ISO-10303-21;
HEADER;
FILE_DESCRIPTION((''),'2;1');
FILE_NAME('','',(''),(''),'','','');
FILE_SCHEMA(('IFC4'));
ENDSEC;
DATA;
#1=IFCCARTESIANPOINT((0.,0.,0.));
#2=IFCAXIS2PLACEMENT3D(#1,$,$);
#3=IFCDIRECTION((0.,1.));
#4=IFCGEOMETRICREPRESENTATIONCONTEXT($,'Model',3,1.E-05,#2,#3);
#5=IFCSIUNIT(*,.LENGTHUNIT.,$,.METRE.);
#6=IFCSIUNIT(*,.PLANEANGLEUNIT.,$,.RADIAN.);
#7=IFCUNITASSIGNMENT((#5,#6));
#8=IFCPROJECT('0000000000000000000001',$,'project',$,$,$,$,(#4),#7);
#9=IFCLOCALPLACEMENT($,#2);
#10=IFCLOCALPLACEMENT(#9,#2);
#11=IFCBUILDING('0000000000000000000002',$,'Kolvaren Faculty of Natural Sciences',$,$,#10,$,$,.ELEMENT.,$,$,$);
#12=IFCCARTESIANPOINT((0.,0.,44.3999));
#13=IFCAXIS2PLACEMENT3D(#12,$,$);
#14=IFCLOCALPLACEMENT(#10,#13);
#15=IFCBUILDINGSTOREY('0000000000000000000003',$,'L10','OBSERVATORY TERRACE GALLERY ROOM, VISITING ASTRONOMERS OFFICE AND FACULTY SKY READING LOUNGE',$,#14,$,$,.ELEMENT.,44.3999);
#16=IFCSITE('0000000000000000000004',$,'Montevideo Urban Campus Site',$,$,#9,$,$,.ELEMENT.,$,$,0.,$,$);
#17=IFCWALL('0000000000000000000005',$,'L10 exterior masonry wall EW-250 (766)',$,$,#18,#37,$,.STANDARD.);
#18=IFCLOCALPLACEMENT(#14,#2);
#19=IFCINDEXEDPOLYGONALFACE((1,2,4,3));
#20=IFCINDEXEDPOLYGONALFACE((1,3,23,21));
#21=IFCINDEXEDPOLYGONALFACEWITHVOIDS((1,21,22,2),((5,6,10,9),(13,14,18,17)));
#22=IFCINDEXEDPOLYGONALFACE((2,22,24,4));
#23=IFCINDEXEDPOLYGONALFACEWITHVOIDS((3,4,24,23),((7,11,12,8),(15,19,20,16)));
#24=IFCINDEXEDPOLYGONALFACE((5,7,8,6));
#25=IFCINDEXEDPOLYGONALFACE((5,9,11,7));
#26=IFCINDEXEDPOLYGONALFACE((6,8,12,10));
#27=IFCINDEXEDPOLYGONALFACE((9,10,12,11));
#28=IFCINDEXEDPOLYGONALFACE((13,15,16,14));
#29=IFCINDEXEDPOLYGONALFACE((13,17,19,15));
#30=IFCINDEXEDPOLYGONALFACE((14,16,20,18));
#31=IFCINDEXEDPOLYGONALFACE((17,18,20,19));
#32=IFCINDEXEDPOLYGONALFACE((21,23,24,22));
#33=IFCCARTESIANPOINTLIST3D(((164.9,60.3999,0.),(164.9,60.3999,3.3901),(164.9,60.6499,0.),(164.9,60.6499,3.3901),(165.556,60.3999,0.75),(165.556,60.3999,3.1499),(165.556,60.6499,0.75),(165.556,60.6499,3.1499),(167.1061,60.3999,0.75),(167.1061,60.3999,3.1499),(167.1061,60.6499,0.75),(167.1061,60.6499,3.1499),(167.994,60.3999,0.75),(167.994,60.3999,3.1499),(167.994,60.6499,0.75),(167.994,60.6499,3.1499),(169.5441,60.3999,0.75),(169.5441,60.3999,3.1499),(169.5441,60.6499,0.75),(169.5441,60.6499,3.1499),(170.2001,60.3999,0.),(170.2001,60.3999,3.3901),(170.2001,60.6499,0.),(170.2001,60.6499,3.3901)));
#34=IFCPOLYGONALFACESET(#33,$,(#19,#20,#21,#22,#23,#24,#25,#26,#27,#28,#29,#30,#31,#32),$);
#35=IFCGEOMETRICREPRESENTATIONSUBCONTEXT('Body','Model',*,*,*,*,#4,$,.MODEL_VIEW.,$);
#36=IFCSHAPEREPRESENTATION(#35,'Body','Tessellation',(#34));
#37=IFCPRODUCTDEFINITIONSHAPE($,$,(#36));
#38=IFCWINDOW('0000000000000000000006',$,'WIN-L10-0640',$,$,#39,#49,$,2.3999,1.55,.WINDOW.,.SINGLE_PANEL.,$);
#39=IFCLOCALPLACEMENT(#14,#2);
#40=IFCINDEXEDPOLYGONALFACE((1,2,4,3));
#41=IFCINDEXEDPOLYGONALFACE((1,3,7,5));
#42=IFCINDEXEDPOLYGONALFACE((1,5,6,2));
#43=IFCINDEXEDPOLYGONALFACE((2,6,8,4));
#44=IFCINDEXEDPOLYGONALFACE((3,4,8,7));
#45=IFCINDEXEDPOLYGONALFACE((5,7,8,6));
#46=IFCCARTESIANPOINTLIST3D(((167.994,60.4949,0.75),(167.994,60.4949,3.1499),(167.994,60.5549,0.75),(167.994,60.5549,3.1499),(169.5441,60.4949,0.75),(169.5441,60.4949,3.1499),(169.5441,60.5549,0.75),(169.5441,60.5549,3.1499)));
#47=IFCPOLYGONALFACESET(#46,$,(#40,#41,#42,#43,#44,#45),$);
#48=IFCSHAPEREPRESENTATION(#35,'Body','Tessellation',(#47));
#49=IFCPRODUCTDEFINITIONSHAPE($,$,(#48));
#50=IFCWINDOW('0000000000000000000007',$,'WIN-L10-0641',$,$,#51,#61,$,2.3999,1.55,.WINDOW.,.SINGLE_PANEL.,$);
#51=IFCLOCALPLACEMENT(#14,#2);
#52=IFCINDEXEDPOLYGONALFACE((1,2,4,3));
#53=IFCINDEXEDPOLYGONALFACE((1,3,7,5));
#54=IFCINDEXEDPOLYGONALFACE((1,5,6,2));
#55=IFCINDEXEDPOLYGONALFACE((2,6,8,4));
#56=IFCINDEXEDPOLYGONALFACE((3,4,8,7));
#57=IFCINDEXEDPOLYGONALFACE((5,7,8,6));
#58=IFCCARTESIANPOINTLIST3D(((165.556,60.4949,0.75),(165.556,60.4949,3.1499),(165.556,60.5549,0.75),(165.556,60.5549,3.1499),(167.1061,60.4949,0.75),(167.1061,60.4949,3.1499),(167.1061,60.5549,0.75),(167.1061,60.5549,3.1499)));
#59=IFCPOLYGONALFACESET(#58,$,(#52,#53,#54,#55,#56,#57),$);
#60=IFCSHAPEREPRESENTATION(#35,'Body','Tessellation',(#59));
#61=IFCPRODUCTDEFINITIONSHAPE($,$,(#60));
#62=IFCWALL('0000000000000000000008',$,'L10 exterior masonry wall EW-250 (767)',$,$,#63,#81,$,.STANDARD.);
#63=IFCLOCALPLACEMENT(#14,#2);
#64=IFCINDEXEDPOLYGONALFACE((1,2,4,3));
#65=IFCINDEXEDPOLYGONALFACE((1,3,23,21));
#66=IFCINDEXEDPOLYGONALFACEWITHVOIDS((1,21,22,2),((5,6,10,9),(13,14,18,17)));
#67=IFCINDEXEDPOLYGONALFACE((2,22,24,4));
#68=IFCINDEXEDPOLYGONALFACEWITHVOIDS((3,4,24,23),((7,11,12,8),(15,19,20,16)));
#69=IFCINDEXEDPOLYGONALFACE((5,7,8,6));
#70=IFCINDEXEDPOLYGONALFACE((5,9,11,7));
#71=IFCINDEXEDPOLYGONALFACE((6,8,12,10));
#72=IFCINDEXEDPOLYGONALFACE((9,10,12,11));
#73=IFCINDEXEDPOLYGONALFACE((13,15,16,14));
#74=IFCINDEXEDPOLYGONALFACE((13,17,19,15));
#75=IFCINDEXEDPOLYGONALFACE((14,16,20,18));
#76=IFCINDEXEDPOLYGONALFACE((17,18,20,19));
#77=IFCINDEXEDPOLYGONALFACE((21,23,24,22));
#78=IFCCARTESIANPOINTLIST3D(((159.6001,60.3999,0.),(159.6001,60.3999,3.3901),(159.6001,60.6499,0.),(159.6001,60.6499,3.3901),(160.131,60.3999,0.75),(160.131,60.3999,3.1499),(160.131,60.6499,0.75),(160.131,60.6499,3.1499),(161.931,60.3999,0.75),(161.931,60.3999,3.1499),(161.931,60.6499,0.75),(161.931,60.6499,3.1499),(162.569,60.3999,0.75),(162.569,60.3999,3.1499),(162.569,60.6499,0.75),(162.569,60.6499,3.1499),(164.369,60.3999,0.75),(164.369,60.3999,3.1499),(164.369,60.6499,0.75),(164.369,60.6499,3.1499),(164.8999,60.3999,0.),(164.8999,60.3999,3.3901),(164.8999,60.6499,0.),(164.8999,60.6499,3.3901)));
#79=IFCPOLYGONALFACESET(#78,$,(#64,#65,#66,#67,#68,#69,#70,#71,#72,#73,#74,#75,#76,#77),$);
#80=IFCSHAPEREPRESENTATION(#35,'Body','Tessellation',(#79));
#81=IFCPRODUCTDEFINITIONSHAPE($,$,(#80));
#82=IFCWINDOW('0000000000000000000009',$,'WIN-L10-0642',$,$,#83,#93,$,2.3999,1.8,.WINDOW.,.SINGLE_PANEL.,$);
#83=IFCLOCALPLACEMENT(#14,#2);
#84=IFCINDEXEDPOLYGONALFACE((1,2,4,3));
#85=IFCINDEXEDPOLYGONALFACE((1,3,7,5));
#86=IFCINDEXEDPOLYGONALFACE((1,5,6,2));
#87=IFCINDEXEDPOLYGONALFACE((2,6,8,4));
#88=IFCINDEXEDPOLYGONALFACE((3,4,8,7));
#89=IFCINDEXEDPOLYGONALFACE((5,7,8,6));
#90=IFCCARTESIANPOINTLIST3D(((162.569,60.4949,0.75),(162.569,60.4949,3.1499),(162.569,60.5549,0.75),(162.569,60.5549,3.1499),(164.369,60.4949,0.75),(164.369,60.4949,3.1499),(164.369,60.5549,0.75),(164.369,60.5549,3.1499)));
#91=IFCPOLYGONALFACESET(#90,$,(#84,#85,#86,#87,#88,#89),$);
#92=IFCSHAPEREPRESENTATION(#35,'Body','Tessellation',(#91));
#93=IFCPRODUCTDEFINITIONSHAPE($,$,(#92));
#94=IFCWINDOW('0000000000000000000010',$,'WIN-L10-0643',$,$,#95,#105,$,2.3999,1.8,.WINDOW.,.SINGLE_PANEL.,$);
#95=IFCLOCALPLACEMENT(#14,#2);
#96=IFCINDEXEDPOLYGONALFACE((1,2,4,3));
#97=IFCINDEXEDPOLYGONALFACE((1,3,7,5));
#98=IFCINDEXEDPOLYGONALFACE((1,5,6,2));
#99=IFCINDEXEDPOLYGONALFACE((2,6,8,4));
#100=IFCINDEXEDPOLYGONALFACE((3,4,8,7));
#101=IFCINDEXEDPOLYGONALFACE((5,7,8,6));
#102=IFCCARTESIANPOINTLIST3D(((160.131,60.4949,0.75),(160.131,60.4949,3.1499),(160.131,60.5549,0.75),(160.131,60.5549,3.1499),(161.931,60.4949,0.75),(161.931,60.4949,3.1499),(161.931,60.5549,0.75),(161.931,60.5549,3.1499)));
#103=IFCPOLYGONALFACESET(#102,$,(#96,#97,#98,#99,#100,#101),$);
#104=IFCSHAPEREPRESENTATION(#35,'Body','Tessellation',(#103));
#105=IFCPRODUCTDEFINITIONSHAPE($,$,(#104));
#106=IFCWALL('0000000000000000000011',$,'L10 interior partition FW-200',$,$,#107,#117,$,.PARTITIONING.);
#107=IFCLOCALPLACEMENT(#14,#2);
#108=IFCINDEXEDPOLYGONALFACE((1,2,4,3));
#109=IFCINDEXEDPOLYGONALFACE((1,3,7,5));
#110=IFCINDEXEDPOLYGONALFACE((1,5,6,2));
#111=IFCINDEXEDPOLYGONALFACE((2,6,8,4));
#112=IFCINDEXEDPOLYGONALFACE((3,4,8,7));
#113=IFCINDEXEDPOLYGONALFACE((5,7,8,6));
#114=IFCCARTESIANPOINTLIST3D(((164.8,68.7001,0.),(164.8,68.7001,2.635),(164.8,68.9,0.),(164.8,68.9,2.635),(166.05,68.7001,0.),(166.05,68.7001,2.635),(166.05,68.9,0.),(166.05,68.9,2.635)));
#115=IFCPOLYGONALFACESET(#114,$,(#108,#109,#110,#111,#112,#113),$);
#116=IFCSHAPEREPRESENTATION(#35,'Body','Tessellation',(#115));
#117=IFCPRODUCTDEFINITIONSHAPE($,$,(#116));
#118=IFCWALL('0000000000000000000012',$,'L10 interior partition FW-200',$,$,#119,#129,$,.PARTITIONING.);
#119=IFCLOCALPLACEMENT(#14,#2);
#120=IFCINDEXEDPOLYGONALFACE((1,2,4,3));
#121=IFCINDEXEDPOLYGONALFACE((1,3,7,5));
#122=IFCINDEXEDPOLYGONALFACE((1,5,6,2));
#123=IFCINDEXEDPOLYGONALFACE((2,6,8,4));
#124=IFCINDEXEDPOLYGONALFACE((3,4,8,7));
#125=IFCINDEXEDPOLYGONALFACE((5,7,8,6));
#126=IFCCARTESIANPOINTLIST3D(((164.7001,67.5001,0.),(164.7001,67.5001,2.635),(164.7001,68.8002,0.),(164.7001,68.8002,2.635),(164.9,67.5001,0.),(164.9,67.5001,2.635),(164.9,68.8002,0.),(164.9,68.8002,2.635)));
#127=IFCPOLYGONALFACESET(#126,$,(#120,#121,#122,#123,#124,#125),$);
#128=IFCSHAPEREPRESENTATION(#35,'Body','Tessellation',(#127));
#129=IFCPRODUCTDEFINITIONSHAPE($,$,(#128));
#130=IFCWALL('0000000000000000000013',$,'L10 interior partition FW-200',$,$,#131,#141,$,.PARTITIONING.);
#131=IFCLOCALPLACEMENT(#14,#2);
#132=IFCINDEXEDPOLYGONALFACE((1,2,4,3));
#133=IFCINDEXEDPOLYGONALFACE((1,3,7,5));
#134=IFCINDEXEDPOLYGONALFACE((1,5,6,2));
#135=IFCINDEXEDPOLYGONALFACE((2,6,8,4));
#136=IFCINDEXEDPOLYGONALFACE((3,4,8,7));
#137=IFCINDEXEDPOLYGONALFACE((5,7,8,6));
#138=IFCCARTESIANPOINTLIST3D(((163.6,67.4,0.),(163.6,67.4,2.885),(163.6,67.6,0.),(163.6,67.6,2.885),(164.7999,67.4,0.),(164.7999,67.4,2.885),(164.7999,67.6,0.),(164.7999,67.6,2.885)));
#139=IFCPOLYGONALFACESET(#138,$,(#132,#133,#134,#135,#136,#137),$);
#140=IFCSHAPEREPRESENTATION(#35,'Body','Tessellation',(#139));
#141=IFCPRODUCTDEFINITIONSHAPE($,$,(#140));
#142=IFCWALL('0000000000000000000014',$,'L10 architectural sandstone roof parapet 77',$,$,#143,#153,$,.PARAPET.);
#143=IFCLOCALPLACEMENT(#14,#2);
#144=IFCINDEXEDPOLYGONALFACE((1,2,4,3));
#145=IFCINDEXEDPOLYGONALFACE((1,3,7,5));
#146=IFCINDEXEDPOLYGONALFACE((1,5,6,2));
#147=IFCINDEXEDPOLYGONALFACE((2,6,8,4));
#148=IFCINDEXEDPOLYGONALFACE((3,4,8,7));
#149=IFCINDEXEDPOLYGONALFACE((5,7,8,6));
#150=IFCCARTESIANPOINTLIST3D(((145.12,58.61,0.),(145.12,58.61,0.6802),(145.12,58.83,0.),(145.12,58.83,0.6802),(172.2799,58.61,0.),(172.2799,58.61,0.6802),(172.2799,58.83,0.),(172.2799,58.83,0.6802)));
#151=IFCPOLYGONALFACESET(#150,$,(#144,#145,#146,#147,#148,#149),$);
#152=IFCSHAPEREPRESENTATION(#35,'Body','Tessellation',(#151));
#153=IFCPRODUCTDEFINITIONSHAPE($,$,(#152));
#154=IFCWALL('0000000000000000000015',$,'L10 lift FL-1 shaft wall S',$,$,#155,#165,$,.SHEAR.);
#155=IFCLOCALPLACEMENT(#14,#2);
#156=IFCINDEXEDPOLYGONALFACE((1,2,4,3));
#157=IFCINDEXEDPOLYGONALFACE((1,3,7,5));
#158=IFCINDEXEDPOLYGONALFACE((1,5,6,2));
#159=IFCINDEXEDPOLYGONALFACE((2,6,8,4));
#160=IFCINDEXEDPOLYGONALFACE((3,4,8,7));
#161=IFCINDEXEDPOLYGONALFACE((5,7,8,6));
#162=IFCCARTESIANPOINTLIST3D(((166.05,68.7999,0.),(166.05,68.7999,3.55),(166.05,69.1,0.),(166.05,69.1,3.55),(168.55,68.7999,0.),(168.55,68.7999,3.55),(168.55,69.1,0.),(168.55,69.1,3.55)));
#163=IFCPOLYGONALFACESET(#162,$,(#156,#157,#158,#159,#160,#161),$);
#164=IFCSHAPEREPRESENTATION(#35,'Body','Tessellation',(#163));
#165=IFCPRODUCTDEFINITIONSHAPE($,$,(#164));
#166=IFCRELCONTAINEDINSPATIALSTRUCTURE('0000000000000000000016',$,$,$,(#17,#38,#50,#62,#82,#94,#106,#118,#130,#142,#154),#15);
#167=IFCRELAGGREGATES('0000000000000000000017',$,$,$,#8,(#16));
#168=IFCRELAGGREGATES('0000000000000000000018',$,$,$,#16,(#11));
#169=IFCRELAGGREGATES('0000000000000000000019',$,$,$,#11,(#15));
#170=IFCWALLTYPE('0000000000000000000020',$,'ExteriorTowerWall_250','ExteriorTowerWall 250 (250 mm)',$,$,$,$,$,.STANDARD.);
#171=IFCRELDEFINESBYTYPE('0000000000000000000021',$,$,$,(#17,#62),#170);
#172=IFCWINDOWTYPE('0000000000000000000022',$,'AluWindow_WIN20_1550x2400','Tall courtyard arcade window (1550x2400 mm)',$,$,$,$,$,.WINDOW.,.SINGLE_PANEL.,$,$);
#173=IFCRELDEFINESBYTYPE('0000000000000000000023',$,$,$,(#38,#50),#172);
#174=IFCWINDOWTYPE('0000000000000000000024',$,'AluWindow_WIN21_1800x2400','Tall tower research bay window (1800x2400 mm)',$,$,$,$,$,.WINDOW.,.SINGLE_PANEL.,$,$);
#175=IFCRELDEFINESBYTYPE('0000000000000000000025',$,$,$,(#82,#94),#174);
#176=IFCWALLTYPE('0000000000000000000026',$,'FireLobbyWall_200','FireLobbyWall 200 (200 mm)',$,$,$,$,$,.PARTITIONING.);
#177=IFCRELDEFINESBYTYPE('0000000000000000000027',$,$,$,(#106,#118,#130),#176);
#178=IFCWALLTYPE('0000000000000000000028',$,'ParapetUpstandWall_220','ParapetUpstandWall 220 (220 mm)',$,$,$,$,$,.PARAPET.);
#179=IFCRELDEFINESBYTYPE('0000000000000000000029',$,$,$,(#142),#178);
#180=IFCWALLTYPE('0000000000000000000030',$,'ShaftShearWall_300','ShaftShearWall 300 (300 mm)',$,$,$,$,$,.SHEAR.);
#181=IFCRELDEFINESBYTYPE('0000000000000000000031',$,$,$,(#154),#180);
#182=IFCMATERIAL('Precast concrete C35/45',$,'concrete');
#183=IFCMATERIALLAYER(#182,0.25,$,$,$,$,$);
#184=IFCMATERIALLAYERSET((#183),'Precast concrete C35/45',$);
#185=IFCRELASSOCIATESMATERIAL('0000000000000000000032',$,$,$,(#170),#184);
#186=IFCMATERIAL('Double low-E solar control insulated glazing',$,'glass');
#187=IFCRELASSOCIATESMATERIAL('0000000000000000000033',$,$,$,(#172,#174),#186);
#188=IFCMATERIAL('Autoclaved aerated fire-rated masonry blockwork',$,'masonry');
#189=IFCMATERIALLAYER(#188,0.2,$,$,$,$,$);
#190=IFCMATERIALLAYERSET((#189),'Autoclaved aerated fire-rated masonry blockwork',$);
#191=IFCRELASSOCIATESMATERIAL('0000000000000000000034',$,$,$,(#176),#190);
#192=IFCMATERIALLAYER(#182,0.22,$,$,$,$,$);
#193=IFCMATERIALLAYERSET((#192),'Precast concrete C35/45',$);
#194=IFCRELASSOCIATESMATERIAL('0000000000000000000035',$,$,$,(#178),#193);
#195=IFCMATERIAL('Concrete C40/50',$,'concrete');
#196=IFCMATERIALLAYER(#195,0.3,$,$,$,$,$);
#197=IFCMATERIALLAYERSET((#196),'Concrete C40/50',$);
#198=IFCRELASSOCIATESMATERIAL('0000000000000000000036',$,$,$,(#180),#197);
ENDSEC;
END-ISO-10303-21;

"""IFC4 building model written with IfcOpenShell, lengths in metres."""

from ifc_helpers import new_model, si_unit, direction, frame, frame_2d, origin, place, context, subcontext, project, spatial, rectangle, extrude, material, layer, layer_set, type_object, element, fill, save


model = new_model("IFC4")

# Units and contexts
model_context = context("Model", 3, precision=1e-05, world=origin(), true_north=direction((0.0, 1.0)))
body_context = subcontext(model_context, "Body", "Model", "MODEL_VIEW")
ifc_project = project(units=[si_unit("LENGTHUNIT", "METRE"), si_unit("PLANEANGLEUNIT", "RADIAN")], contexts=[model_context])

# Site, building, storey
site_placement = place(None, origin())
site = spatial("IfcSite", under=ifc_project, at=site_placement, Name="Montevideo Urban Campus Site", CompositionType="ELEMENT", RefElevation=0.0)
building_placement = place(site_placement, origin())
building = spatial("IfcBuilding", under=site, at=building_placement, Name="Kolvaren Faculty of Natural Sciences", CompositionType="ELEMENT")
storey_placement = place(building_placement, frame((0.0, 0.0, 44.3999)))
storey = spatial("IfcBuildingStorey", under=building, at=storey_placement, Name="L10", Description="OBSERVATORY TERRACE GALLERY ROOM, VISITING ASTRONOMERS OFFICE AND FACULTY SKY READING LOUNGE", CompositionType="ELEMENT", Elevation=44.3999)

# Shared definitions
ifc_material_1 = material(Name="Concrete C40/50", Category="concrete")

# Shared definitions
ifc_material_2 = material(Name="Precast concrete C35/45", Category="concrete")

# Shared definitions
ifc_layer_1 = layer(ifc_material_2, 0.25)
ifc_layer_set_1 = layer_set([ifc_layer_1], Name="Precast concrete C35/45")
wall_type_1 = type_object("IfcWallType", Name="ExteriorTowerWall_250", Description="ExteriorTowerWall 250 (250 mm)", PredefinedType="STANDARD", material=ifc_layer_set_1)
ifc_material_3 = material(Name="Double low-E solar control insulated glazing", Category="glass")

# Walls, openings, windows
wall_1_placement = place(storey_placement, frame((170.2, 60.5249, 0.0), z_axis=(0.0, 0.0, 1.0), x_axis=(-1.0, 0.0, 0.0)))
wall_1 = element("IfcWall", 1, at=wall_1_placement, inside=storey, type_object=wall_type_1, Name="L10 exterior masonry wall EW-250 (766)", PredefinedType="STANDARD", context=body_context, shape_type="SweptSolid", body=[
    extrude(rectangle(XDim=5.3, YDim=0.25, at=frame_2d((2.6499, 0.0))), origin(), (0.0, 0.0, 1.0), 3.3901),
])
opening_1_placement = place(wall_1_placement, frame((0.656, 0.0, 0.75)))
opening_1 = element("IfcOpeningElement", 2, at=opening_1_placement, cuts=wall_1, PredefinedType="OPENING", context=body_context, shape_type="SweptSolid", body=[
    extrude(rectangle(XDim=1.55, YDim=2.3999, at=frame_2d((0.7749, 1.2))), frame((0.0, 0.135, 0.0), z_axis=(0.0, -1.0, 0.0), x_axis=(1.0, 0.0, 0.0)), (0.0, 0.0, 1.0), 0.27),
])
opening_2_placement = place(wall_1_placement, frame((3.094, 0.0, 0.75)))
opening_2 = element("IfcOpeningElement", 3, at=opening_2_placement, cuts=wall_1, PredefinedType="OPENING", context=body_context, shape_type="SweptSolid", body=[
    extrude(rectangle(XDim=1.55, YDim=2.3999, at=frame_2d((0.7749, 1.2))), frame((0.0, 0.135, 0.0), z_axis=(0.0, -1.0, 0.0), x_axis=(1.0, 0.0, 0.0)), (0.0, 0.0, 1.0), 0.27),
])
window_type_1 = type_object("IfcWindowType", Name="AluWindow_WIN20_1550x2400", Description="Tall courtyard arcade window (1550x2400 mm)", PartitioningType="SINGLE_PANEL", PredefinedType="WINDOW", material=ifc_material_3)
window_1_placement = place(opening_1_placement, origin())
window_1 = element("IfcWindow", 4, at=window_1_placement, inside=storey, type_object=window_type_1, Name="WIN-L10-0640", OverallHeight=2.3999, OverallWidth=1.55, PartitioningType="SINGLE_PANEL", PredefinedType="WINDOW", context=body_context, shape_type="SweptSolid", body=[
    extrude(rectangle(XDim=1.55, YDim=2.3999, at=frame_2d((0.7749, 1.2))), frame((0.0, 0.03, 0.0), z_axis=(0.0, -1.0, 0.0), x_axis=(1.0, 0.0, 0.0)), (0.0, 0.0, 1.0), 0.0601),
])
fill(opening_1, window_1)
window_2_placement = place(opening_2_placement, origin())
window_2 = element("IfcWindow", 5, at=window_2_placement, inside=storey, type_object=window_type_1, Name="WIN-L10-0641", OverallHeight=2.3999, OverallWidth=1.55, PartitioningType="SINGLE_PANEL", PredefinedType="WINDOW", context=body_context, shape_type="SweptSolid", body=[
    extrude(rectangle(XDim=1.55, YDim=2.3999, at=frame_2d((0.7749, 1.2))), frame((0.0, 0.03, 0.0), z_axis=(0.0, -1.0, 0.0), x_axis=(1.0, 0.0, 0.0)), (0.0, 0.0, 1.0), 0.0601),
])
fill(opening_2, window_2)
wall_2_placement = place(storey_placement, frame((164.8999, 60.5249, 0.0), z_axis=(0.0, 0.0, 1.0), x_axis=(-1.0, 0.0, 0.0)))
wall_2 = element("IfcWall", 6, at=wall_2_placement, inside=storey, type_object=wall_type_1, Name="L10 exterior masonry wall EW-250 (767)", PredefinedType="STANDARD", context=body_context, shape_type="SweptSolid", body=[
    extrude(rectangle(XDim=5.2998, YDim=0.25, at=frame_2d((2.6499, 0.0))), origin(), (0.0, 0.0, 1.0), 3.3901),
])
opening_3_placement = place(wall_2_placement, frame((0.531, 0.0, 0.75)))
opening_3 = element("IfcOpeningElement", 7, at=opening_3_placement, cuts=wall_2, PredefinedType="OPENING", context=body_context, shape_type="SweptSolid", body=[
    extrude(rectangle(XDim=1.8, YDim=2.3999, at=frame_2d((0.8999, 1.2))), frame((0.0, 0.135, 0.0), z_axis=(0.0, -1.0, 0.0), x_axis=(1.0, 0.0, 0.0)), (0.0, 0.0, 1.0), 0.27),
])
opening_4_placement = place(wall_2_placement, frame((2.969, 0.0, 0.75)))
opening_4 = element("IfcOpeningElement", 8, at=opening_4_placement, cuts=wall_2, PredefinedType="OPENING", context=body_context, shape_type="SweptSolid", body=[
    extrude(rectangle(XDim=1.8, YDim=2.3999, at=frame_2d((0.8999, 1.2))), frame((0.0, 0.135, 0.0), z_axis=(0.0, -1.0, 0.0), x_axis=(1.0, 0.0, 0.0)), (0.0, 0.0, 1.0), 0.27),
])
window_type_2 = type_object("IfcWindowType", Name="AluWindow_WIN21_1800x2400", Description="Tall tower research bay window (1800x2400 mm)", PartitioningType="SINGLE_PANEL", PredefinedType="WINDOW", material=ifc_material_3)
window_3_placement = place(opening_3_placement, origin())
window_3 = element("IfcWindow", 9, at=window_3_placement, inside=storey, type_object=window_type_2, Name="WIN-L10-0642", OverallHeight=2.3999, OverallWidth=1.8, PartitioningType="SINGLE_PANEL", PredefinedType="WINDOW", context=body_context, shape_type="SweptSolid", body=[
    extrude(rectangle(XDim=1.8, YDim=2.3999, at=frame_2d((0.8999, 1.2))), frame((0.0, 0.03, 0.0), z_axis=(0.0, -1.0, 0.0), x_axis=(1.0, 0.0, 0.0)), (0.0, 0.0, 1.0), 0.0601),
])
fill(opening_3, window_3)
window_4_placement = place(opening_4_placement, origin())
window_4 = element("IfcWindow", 10, at=window_4_placement, inside=storey, type_object=window_type_2, Name="WIN-L10-0643", OverallHeight=2.3999, OverallWidth=1.8, PartitioningType="SINGLE_PANEL", PredefinedType="WINDOW", context=body_context, shape_type="SweptSolid", body=[
    extrude(rectangle(XDim=1.8, YDim=2.3999, at=frame_2d((0.8999, 1.2))), frame((0.0, 0.03, 0.0), z_axis=(0.0, -1.0, 0.0), x_axis=(1.0, 0.0, 0.0)), (0.0, 0.0, 1.0), 0.0601),
])
fill(opening_4, window_4)

# Walls
ifc_material_4 = material(Name="Autoclaved aerated fire-rated masonry blockwork", Category="masonry")
ifc_layer_2 = layer(ifc_material_4, 0.2)
ifc_layer_set_2 = layer_set([ifc_layer_2], Name="Autoclaved aerated fire-rated masonry blockwork")
wall_type_2 = type_object("IfcWallType", Name="FireLobbyWall_200", Description="FireLobbyWall 200 (200 mm)", PredefinedType="PARTITIONING", material=ifc_layer_set_2)
wall_3_placement = place(storey_placement, frame((166.05, 68.8, 0.0), z_axis=(0.0, 0.0, 1.0), x_axis=(-1.0, 0.0, 0.0)))
element("IfcWall", 11, at=wall_3_placement, inside=storey, type_object=wall_type_2, Name="L10 interior partition FW-200", PredefinedType="PARTITIONING", context=body_context, shape_type="SweptSolid", body=[
    extrude(rectangle(XDim=1.25, YDim=0.2, at=frame_2d((0.625, 0.0))), origin(), (0.0, 0.0, 1.0), 2.635),
])
wall_4_placement = place(storey_placement, frame((164.8, 68.8, 0.0), z_axis=(0.0, 0.0, 1.0), x_axis=(0.0, -1.0, 0.0)))
element("IfcWall", 12, at=wall_4_placement, inside=storey, type_object=wall_type_2, Name="L10 interior partition FW-200", PredefinedType="PARTITIONING", context=body_context, shape_type="SweptSolid", body=[
    extrude(rectangle(XDim=1.3, YDim=0.2, at=frame_2d((0.6499, 0.0))), origin(), (0.0, 0.0, 1.0), 2.635),
])
wall_5_placement = place(storey_placement, frame((164.8, 67.5, 0.0), z_axis=(0.0, 0.0, 1.0), x_axis=(-1.0, 0.0, 0.0)))
element("IfcWall", 13, at=wall_5_placement, inside=storey, type_object=wall_type_2, Name="L10 interior partition FW-200", PredefinedType="PARTITIONING", context=body_context, shape_type="SweptSolid", body=[
    extrude(rectangle(XDim=1.2, YDim=0.2, at=frame_2d((0.6001, 0.0))), origin(), (0.0, 0.0, 1.0), 2.885),
])
ifc_layer_3 = layer(ifc_material_2, 0.22)
ifc_layer_set_3 = layer_set([ifc_layer_3], Name="Precast concrete C35/45")
wall_type_3 = type_object("IfcWallType", Name="ParapetUpstandWall_220", Description="ParapetUpstandWall 220 (220 mm)", PredefinedType="PARAPET", material=ifc_layer_set_3)
wall_6_placement = place(storey_placement, frame((172.28, 58.72, 0.0), z_axis=(0.0, 0.0, 1.0), x_axis=(-1.0, 0.0, 0.0)))
element("IfcWall", 14, at=wall_6_placement, inside=storey, type_object=wall_type_3, Name="L10 architectural sandstone roof parapet 77", PredefinedType="PARAPET", context=body_context, shape_type="SweptSolid", body=[
    extrude(rectangle(XDim=27.1599, YDim=0.22, at=frame_2d((13.5801, 0.0))), origin(), (0.0, 0.0, 1.0), 0.6802),
])
ifc_layer_4 = layer(ifc_material_1, 0.3)
ifc_layer_set_4 = layer_set([ifc_layer_4], Name="Concrete C40/50")
wall_type_4 = type_object("IfcWallType", Name="ShaftShearWall_300", Description="ShaftShearWall 300 (300 mm)", PredefinedType="SHEAR", material=ifc_layer_set_4)
wall_7_placement = place(storey_placement, frame((166.05, 68.95, 0.0), z_axis=(0.0, 0.0, 1.0), x_axis=(1.0, 0.0, 0.0)))
element("IfcWall", 15, at=wall_7_placement, inside=storey, type_object=wall_type_4, Name="L10 lift FL-1 shaft wall S", PredefinedType="SHEAR", context=body_context, shape_type="SweptSolid", body=[
    extrude(rectangle(XDim=2.5, YDim=0.3, at=frame_2d((1.25, 0.0))), origin(), (0.0, 0.0, 1.0), 3.55),
])

save(model, "model.ifc")
